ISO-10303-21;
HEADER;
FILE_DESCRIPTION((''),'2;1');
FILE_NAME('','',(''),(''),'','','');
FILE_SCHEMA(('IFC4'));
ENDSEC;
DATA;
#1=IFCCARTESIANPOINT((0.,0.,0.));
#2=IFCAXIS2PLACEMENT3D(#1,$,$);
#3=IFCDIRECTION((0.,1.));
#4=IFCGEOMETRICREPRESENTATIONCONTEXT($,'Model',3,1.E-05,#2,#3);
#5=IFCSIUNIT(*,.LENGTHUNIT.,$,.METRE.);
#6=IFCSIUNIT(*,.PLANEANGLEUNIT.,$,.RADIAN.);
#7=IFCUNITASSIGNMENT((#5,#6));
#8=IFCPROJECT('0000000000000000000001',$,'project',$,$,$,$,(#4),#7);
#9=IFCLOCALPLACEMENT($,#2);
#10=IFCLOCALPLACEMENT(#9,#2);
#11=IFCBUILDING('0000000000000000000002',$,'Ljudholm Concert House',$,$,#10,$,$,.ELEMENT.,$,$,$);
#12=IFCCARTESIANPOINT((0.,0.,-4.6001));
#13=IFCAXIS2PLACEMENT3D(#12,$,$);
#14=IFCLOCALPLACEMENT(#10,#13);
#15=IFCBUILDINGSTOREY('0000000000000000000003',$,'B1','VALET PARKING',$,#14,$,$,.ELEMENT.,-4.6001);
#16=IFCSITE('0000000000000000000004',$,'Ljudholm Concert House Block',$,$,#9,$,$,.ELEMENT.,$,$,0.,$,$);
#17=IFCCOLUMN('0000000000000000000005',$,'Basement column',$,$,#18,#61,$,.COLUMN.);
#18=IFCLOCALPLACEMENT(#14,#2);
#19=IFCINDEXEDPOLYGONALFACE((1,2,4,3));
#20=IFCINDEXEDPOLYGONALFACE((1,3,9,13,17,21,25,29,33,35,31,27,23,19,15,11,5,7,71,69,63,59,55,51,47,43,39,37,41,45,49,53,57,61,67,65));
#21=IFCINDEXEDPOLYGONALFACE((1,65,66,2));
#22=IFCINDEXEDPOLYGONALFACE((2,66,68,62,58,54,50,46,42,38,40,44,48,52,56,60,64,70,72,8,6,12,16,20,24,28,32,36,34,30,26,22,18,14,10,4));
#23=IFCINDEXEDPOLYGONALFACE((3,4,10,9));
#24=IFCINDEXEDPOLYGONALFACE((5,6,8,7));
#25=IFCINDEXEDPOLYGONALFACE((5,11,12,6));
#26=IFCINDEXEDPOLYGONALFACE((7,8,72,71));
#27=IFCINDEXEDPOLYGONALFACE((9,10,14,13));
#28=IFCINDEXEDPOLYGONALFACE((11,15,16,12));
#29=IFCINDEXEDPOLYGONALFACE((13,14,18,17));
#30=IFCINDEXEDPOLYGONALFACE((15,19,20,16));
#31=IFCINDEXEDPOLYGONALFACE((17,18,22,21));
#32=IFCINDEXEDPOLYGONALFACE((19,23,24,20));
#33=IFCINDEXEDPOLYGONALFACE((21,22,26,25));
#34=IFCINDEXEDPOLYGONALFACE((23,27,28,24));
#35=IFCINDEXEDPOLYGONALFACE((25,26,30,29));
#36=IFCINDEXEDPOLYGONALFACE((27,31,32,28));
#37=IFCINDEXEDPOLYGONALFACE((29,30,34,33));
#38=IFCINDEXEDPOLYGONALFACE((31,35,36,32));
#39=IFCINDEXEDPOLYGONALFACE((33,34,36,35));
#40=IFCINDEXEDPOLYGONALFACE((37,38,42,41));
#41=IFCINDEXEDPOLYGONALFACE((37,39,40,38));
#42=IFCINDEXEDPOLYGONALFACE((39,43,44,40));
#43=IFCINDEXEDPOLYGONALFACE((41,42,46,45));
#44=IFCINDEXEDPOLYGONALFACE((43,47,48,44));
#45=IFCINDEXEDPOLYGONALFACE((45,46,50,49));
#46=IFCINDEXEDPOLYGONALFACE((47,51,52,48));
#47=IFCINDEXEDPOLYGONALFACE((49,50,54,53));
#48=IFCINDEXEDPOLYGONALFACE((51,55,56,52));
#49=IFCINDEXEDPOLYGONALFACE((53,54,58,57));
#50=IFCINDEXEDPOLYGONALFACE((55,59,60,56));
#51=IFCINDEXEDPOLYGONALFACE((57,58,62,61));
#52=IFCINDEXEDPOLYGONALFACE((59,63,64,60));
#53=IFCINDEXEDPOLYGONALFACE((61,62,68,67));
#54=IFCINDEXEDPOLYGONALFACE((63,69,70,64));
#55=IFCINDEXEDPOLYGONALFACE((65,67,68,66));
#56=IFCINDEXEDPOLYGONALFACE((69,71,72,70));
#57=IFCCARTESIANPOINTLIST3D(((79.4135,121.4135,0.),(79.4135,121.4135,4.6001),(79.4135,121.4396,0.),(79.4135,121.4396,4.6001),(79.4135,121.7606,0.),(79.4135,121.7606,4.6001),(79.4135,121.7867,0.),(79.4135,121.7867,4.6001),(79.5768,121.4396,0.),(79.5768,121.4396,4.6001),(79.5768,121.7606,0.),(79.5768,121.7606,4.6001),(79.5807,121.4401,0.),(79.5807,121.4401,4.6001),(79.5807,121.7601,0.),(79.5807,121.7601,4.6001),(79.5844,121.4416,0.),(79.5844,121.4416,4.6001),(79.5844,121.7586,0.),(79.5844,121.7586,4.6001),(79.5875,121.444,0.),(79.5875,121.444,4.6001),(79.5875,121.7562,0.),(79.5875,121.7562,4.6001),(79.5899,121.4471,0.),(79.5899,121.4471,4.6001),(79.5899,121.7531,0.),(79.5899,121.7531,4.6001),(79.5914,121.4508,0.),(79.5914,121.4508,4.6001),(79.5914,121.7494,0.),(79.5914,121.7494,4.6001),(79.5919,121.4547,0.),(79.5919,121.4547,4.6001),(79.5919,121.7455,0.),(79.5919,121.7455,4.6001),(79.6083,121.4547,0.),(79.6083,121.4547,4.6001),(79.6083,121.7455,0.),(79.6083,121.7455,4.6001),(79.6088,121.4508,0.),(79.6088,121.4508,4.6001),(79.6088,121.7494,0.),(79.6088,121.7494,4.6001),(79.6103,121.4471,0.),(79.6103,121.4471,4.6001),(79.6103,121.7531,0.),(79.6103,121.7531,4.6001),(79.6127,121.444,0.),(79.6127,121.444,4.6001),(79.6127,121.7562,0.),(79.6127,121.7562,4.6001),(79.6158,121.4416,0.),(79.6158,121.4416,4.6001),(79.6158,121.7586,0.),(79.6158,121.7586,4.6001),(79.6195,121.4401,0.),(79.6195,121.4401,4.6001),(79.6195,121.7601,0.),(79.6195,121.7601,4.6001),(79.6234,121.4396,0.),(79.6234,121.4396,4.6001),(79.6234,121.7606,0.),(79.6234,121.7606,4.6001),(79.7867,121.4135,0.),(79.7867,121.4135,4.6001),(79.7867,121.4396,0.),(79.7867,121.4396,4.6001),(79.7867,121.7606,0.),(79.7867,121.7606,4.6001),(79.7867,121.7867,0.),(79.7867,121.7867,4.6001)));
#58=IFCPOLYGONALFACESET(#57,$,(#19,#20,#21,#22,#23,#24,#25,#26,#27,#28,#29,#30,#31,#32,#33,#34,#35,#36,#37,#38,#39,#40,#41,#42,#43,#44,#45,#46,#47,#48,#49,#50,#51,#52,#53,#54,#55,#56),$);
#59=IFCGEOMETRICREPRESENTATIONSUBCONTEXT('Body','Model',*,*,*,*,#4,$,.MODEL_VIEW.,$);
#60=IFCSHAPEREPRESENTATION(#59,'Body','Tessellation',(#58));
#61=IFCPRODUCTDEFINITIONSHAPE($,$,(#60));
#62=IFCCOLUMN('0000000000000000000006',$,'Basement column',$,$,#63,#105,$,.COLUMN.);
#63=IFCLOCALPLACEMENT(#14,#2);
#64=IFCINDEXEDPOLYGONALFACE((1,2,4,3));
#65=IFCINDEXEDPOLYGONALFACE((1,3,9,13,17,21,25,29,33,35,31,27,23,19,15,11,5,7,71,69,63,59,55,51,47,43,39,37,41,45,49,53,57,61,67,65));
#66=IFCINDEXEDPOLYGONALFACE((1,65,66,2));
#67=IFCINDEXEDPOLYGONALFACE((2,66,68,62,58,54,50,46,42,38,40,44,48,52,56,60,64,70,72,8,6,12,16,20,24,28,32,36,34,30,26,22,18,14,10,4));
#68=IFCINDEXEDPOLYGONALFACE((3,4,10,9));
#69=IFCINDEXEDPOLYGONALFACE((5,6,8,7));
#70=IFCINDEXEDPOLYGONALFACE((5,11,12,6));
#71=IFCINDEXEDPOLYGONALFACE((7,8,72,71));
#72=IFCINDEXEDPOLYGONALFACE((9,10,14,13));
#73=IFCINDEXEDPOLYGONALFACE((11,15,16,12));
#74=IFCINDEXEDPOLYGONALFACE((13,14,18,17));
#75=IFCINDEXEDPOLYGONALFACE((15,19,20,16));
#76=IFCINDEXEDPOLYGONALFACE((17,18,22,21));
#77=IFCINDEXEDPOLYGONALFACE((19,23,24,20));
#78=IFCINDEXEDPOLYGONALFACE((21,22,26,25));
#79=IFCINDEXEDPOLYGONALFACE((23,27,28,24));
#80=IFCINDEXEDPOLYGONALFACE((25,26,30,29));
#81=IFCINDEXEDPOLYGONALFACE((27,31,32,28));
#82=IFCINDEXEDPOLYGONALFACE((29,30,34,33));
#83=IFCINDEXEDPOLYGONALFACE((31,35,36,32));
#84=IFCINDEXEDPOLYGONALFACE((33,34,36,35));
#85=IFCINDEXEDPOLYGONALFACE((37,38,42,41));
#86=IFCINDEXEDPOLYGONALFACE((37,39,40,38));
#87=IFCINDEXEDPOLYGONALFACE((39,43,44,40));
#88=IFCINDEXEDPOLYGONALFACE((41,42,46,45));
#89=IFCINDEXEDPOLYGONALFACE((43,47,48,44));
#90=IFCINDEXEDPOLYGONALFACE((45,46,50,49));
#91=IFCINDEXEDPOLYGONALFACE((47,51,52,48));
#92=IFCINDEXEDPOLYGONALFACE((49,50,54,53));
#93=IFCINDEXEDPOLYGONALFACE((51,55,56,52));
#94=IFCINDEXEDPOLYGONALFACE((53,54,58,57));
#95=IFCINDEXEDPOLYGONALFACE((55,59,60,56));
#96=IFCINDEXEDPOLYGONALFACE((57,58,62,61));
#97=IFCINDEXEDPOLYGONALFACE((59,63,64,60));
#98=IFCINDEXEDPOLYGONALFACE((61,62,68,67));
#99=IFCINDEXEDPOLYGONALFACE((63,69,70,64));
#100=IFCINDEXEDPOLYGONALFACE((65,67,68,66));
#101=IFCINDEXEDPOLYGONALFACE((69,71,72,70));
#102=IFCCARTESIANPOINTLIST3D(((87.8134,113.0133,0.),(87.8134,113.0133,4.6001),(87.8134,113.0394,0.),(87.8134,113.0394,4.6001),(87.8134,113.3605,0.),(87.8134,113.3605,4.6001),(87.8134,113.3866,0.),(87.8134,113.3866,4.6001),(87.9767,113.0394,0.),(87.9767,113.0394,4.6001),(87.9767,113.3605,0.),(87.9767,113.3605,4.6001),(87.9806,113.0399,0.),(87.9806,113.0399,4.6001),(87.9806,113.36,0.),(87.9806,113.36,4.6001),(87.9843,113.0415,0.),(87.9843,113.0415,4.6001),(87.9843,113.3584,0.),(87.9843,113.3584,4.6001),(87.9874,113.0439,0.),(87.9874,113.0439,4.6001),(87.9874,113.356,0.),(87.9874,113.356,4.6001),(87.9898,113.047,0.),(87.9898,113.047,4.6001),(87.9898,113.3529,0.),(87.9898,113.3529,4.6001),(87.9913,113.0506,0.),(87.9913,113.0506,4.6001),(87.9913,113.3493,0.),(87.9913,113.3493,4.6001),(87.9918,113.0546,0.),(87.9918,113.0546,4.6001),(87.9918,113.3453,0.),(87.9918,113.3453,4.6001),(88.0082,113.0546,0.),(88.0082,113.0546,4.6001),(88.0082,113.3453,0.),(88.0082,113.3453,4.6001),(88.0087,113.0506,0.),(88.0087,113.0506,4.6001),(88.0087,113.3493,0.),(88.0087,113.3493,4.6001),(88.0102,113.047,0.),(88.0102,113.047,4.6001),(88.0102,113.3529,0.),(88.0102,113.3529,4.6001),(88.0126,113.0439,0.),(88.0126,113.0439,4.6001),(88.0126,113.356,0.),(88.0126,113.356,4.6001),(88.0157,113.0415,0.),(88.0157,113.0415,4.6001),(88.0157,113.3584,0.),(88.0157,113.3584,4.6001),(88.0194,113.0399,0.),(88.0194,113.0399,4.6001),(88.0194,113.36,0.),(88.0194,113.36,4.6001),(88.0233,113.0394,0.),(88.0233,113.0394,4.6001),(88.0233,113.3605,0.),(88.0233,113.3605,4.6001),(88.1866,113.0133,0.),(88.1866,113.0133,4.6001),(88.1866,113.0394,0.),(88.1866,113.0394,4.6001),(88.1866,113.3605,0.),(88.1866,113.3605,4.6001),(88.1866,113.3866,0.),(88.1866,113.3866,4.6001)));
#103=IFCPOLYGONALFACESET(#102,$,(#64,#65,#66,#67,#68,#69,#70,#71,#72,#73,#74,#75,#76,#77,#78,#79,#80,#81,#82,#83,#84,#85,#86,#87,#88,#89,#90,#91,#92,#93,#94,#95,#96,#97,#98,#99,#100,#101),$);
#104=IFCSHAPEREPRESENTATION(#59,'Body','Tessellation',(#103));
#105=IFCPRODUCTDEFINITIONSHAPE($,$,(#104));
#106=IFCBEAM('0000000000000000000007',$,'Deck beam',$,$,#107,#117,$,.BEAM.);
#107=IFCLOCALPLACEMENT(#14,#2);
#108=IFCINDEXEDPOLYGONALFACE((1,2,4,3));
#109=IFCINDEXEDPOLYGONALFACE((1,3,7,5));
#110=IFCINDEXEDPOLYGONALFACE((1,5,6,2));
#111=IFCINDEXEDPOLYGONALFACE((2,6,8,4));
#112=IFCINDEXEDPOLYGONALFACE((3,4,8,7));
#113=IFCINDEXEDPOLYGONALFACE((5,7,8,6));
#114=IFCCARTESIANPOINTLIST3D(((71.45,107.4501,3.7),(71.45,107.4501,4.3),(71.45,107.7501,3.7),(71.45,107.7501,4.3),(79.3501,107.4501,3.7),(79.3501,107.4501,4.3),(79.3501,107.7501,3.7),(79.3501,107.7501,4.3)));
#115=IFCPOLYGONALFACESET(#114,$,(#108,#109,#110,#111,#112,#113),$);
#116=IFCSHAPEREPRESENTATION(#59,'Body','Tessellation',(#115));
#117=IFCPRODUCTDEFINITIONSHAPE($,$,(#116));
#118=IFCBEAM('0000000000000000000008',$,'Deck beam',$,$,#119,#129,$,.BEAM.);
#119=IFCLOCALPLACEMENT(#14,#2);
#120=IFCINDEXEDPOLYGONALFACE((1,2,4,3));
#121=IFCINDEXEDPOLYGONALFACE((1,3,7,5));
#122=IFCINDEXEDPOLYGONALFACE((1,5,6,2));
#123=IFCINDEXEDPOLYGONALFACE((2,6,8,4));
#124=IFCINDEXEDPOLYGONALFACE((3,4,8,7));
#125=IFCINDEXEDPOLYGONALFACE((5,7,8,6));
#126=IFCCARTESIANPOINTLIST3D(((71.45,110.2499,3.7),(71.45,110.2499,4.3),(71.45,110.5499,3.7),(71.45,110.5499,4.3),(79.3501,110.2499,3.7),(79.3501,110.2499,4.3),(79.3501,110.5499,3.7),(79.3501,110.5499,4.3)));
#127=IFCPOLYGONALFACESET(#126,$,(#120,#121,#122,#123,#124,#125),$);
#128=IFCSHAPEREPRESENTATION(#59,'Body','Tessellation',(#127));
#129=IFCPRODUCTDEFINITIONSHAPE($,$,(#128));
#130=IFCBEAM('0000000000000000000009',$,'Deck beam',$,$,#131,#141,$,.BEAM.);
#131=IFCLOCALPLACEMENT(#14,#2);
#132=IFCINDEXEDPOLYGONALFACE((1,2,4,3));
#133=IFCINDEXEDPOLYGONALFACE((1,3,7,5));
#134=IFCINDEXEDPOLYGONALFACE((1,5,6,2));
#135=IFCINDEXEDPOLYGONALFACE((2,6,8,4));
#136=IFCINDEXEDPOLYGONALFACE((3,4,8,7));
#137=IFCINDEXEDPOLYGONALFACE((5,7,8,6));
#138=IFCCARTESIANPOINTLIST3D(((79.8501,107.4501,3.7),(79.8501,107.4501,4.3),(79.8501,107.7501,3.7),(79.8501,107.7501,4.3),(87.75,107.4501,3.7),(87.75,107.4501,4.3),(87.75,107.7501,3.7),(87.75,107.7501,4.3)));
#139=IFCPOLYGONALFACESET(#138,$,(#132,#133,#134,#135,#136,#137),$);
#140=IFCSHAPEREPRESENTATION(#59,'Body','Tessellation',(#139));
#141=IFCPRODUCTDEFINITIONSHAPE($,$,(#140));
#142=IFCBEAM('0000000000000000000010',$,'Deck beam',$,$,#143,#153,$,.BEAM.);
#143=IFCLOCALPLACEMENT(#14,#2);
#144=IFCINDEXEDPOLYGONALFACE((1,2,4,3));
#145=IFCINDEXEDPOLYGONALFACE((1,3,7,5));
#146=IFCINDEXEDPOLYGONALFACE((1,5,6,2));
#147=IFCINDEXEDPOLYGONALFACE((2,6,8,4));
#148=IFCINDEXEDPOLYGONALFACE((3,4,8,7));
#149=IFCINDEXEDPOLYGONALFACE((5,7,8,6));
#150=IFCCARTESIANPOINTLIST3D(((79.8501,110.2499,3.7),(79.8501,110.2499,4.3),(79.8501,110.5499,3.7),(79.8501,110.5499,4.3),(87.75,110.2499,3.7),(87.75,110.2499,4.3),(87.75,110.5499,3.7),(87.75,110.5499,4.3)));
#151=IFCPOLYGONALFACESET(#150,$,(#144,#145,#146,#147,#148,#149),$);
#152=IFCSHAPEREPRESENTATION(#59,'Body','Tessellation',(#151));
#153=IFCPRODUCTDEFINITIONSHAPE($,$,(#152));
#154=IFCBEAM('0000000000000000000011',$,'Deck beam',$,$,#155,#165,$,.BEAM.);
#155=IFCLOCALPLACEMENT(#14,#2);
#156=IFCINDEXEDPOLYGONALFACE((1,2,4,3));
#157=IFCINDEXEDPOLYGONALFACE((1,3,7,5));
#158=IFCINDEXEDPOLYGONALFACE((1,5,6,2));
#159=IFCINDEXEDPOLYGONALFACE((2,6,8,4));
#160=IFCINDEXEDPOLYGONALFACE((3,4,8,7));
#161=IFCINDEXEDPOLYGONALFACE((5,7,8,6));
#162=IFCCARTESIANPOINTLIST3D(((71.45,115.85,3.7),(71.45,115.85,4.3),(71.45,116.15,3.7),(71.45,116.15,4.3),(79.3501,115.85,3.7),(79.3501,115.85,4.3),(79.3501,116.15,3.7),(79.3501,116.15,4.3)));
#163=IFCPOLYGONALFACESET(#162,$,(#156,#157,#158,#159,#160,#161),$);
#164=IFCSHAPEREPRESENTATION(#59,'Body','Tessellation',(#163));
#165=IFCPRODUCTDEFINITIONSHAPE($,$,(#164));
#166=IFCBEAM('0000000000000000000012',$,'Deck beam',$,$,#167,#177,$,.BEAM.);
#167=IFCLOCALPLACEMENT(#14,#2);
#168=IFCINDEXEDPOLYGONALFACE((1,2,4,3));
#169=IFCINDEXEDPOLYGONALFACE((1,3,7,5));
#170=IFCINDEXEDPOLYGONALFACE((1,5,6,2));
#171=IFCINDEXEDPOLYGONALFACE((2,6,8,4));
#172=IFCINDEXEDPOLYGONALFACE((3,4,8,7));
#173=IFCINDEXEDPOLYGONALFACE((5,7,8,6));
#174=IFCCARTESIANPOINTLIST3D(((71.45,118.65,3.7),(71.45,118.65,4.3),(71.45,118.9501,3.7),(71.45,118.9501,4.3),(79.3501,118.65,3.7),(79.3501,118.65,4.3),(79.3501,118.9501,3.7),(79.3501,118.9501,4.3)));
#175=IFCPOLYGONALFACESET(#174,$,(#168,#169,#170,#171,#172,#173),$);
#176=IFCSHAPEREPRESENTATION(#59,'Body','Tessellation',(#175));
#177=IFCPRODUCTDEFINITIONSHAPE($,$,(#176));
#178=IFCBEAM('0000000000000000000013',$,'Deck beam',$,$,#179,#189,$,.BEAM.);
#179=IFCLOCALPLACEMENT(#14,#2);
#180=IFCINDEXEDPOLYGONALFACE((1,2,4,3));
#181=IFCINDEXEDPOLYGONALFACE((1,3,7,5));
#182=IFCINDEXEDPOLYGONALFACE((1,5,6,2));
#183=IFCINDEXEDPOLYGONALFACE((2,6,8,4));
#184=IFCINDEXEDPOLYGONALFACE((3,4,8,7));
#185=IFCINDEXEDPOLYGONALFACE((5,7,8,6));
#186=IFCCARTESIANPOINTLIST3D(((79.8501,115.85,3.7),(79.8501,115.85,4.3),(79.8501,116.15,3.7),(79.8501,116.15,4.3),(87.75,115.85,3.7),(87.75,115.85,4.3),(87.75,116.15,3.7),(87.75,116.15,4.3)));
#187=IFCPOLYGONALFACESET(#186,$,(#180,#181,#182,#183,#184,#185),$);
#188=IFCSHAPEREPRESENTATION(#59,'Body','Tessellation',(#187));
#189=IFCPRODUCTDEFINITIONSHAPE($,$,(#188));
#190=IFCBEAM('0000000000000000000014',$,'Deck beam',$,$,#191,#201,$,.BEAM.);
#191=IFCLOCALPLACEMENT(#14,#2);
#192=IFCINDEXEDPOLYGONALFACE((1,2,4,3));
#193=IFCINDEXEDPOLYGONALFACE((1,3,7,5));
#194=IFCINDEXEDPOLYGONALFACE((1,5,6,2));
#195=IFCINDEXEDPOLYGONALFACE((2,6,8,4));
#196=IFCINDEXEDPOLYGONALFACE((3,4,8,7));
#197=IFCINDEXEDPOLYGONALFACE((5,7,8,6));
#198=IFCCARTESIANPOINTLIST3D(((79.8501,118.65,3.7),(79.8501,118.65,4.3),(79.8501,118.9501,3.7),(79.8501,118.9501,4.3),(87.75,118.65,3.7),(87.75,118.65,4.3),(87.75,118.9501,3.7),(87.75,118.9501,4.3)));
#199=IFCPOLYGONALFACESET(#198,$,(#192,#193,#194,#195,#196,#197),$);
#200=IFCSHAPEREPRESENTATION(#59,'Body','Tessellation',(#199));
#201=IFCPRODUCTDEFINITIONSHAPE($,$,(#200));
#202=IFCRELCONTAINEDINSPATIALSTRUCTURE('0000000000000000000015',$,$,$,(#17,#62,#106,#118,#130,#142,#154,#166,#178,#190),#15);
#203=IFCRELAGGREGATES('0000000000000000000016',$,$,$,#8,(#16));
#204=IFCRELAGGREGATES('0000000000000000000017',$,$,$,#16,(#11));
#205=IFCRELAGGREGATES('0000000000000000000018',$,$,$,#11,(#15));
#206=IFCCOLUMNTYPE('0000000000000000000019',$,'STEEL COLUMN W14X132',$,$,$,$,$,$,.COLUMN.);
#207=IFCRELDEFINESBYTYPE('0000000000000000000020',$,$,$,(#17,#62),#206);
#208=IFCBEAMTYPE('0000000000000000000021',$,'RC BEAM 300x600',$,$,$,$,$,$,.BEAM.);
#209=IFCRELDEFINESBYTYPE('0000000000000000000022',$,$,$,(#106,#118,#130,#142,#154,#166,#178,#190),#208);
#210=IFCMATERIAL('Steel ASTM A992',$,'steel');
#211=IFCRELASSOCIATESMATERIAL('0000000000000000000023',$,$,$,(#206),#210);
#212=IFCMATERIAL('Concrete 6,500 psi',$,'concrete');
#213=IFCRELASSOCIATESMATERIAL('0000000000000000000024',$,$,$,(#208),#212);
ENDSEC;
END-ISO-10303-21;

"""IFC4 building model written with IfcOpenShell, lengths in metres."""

from ifc_helpers import new_model, si_unit, direction, frame, origin, origin_2d, place, context, subcontext, project, spatial, rectangle, i_section, extrude, material, material_profile, profile_set, type_object, element, save


model = new_model("IFC4")

# Units and contexts
model_context = context("Model", 3, precision=1e-05, world=origin(), true_north=direction((0.0, 1.0)))
body_context = subcontext(model_context, "Body", "Model", "MODEL_VIEW")
ifc_project = project(units=[si_unit("LENGTHUNIT", "METRE"), si_unit("PLANEANGLEUNIT", "RADIAN")], contexts=[model_context])

# Site, building, storey
site_placement = place(None, origin())
site = spatial("IfcSite", under=ifc_project, at=site_placement, Name="Ljudholm Concert House Block", CompositionType="ELEMENT", RefElevation=0.0)
building_placement = place(site_placement, origin())
building = spatial("IfcBuilding", under=site, at=building_placement, Name="Ljudholm Concert House", CompositionType="ELEMENT")
storey_placement = place(building_placement, frame((0.0, 0.0, -4.6001)))
storey = spatial("IfcBuildingStorey", under=building, at=storey_placement, Name="B1", Description="VALET PARKING", CompositionType="ELEMENT", Elevation=-4.6001)

# Columns
ifc_material_1 = material(Name="Steel ASTM A992", Category="steel")
ifc_material_profile_1 = material_profile(ifc_material_1, i_section(OverallWidth=0.3733, OverallDepth=0.3733, WebThickness=0.0164, FlangeThickness=0.0261, FilletRadius=0.0151, at=origin_2d()), Name="W14X132")
ifc_profile_set_1 = profile_set([ifc_material_profile_1], Name="Steel ASTM A992")
column_type = type_object("IfcColumnType", Name="STEEL COLUMN W14X132", PredefinedType="COLUMN", material=ifc_profile_set_1)
for number, where, z_axis, x_axis, name in (
    (1, (79.6001, 121.6001, 0.0), (0.0, 0.0, 1.0), (1.0, 0.0, 0.0), "Basement column"),
    (2, (88.0, 113.2, 0.0), (0.0, 0.0, 1.0), (1.0, 0.0, 0.0), "Basement column"),
):
    element("IfcColumn", number, at=place(storey_placement, frame(where, z_axis=z_axis, x_axis=x_axis)), inside=storey, type_object=column_type, Name=name, PredefinedType="COLUMN", context=body_context, shape_type="SweptSolid", body=[
        extrude(i_section(OverallWidth=0.3733, OverallDepth=0.3733, WebThickness=0.0164, FlangeThickness=0.0261, FilletRadius=0.0151, at=origin_2d()), origin(), (0.0, 0.0, 1.0), 4.6001),
    ])

# Beams
ifc_material_2 = material(Name="Concrete 6,500 psi", Category="concrete")
ifc_material_profile_2 = material_profile(ifc_material_2, rectangle(XDim=0.3, YDim=0.6001, at=origin_2d()), Name="RC BEAM 300x600")
ifc_profile_set_2 = profile_set([ifc_material_profile_2], Name="Concrete 6,500 psi")
beam_type_1 = type_object("IfcBeamType", Name="RC BEAM 300x600", PredefinedType="BEAM", material=ifc_profile_set_2)
for number, where, z_axis, x_axis, name in (
    (3, (71.45, 107.6001, 4.0), (1.0, 0.0, 0.0), (0.0, 1.0, 0.0), "Deck beam"),
    (4, (71.45, 110.3999, 4.0), (1.0, 0.0, 0.0), (0.0, 1.0, 0.0), "Deck beam"),
):
    element("IfcBeam", number, at=place(storey_placement, frame(where, z_axis=z_axis, x_axis=x_axis)), inside=storey, type_object=beam_type_1, Name=name, PredefinedType="BEAM", context=body_context, shape_type="SweptSolid", body=[
        extrude(rectangle(XDim=0.3, YDim=0.6001, at=origin_2d()), origin(), (0.0, 0.0, 1.0), 7.9001),
    ])
for number, where, z_axis, x_axis, name in (
    (5, (79.8501, 107.6001, 4.0), (1.0, 0.0, 0.0), (0.0, 1.0, 0.0), "Deck beam"),
    (6, (79.8501, 110.3999, 4.0), (1.0, 0.0, 0.0), (0.0, 1.0, 0.0), "Deck beam"),
):
    element("IfcBeam", number, at=place(storey_placement, frame(where, z_axis=z_axis, x_axis=x_axis)), inside=storey, type_object=beam_type_1, Name=name, PredefinedType="BEAM", context=body_context, shape_type="SweptSolid", body=[
        extrude(rectangle(XDim=0.3, YDim=0.6001, at=origin_2d()), origin(), (0.0, 0.0, 1.0), 7.8999),
    ])
for number, where, z_axis, x_axis, name in (
    (7, (71.45, 116.0, 4.0), (1.0, 0.0, 0.0), (0.0, 1.0, 0.0), "Deck beam"),
    (8, (71.45, 118.8, 4.0), (1.0, 0.0, 0.0), (0.0, 1.0, 0.0), "Deck beam"),
):
    element("IfcBeam", number, at=place(storey_placement, frame(where, z_axis=z_axis, x_axis=x_axis)), inside=storey, type_object=beam_type_1, Name=name, PredefinedType="BEAM", context=body_context, shape_type="SweptSolid", body=[
        extrude(rectangle(XDim=0.3, YDim=0.6001, at=origin_2d()), origin(), (0.0, 0.0, 1.0), 7.9001),
    ])
for number, where, z_axis, x_axis, name in (
    (9, (79.8501, 116.0, 4.0), (1.0, 0.0, 0.0), (0.0, 1.0, 0.0), "Deck beam"),
    (10, (79.8501, 118.8, 4.0), (1.0, 0.0, 0.0), (0.0, 1.0, 0.0), "Deck beam"),
):
    element("IfcBeam", number, at=place(storey_placement, frame(where, z_axis=z_axis, x_axis=x_axis)), inside=storey, type_object=beam_type_1, Name=name, PredefinedType="BEAM", context=body_context, shape_type="SweptSolid", body=[
        extrude(rectangle(XDim=0.3, YDim=0.6001, at=origin_2d()), origin(), (0.0, 0.0, 1.0), 7.8999),
    ])

save(model, "model.ifc")
